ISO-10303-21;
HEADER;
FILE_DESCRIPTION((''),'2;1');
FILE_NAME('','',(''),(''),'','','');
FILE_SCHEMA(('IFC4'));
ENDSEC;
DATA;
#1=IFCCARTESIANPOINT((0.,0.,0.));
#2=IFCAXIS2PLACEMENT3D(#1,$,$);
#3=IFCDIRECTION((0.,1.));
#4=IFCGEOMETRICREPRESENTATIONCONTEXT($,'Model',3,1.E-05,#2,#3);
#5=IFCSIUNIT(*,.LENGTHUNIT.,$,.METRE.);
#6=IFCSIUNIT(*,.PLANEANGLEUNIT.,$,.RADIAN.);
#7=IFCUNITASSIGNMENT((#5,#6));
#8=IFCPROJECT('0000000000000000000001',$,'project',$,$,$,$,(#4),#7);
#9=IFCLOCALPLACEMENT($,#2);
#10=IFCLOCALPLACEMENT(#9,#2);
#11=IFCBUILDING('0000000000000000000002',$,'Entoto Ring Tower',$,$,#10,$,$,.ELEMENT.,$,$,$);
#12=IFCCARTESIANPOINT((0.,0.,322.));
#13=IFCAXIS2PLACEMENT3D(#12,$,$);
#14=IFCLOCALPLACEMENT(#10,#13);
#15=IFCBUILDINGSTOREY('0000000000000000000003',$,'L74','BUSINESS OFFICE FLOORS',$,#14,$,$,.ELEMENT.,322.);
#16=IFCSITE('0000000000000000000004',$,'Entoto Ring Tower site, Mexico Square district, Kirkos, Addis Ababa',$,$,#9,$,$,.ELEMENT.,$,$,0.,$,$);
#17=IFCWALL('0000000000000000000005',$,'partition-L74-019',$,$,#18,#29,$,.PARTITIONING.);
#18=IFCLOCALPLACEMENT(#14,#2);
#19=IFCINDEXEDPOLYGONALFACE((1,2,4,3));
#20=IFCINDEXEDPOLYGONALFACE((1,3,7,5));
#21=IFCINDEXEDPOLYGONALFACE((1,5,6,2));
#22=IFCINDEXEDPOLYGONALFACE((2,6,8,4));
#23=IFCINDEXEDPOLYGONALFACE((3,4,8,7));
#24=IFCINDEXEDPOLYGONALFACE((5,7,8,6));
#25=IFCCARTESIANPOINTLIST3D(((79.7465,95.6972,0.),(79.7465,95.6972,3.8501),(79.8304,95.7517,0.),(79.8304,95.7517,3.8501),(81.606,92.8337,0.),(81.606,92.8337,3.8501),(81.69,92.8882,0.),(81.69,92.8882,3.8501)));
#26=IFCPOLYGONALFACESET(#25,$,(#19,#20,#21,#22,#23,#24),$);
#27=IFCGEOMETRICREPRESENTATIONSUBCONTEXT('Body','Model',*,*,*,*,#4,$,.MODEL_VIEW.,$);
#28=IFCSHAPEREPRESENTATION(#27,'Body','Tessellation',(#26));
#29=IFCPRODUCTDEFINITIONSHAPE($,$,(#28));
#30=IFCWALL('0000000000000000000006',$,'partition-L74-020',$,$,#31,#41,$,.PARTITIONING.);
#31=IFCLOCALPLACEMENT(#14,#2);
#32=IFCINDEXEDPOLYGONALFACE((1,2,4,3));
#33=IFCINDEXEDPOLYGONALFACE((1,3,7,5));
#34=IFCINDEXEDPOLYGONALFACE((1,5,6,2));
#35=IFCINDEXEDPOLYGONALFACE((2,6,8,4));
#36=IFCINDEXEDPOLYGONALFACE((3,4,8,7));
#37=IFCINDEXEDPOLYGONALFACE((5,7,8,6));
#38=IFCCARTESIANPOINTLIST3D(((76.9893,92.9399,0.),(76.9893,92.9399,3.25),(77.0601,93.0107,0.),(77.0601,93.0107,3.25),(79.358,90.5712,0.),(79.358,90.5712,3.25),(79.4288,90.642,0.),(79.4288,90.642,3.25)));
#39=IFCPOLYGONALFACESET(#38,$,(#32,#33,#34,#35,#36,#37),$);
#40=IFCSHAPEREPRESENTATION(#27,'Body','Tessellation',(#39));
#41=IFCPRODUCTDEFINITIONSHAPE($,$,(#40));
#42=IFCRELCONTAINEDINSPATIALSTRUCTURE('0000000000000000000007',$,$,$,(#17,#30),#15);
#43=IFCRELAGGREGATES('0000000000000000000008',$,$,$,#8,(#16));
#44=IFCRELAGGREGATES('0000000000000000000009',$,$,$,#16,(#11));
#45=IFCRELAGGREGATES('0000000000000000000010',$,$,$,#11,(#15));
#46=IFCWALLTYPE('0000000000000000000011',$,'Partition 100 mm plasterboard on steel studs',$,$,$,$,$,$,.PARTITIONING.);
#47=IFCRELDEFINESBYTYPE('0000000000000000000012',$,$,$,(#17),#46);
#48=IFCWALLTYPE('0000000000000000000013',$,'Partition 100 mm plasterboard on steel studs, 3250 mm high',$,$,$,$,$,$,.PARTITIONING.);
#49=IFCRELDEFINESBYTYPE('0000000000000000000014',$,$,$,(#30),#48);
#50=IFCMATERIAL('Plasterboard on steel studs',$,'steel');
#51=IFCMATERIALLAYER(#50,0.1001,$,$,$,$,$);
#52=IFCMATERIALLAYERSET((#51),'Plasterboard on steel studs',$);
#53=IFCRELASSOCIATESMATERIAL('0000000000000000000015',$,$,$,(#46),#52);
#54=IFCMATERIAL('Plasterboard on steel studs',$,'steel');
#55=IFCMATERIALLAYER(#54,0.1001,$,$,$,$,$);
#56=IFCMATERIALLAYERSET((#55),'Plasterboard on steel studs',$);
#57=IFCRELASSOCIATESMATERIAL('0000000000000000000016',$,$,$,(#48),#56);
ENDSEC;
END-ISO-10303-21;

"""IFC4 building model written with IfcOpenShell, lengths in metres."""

from ifc_helpers import new_model, si_unit, direction, frame, frame_2d, origin, place, context, subcontext, project, spatial, rectangle, extrude, material, layer, layer_set, type_object, element, save


model = new_model("IFC4")

# Units and contexts
model_context = context("Model", 3, precision=1e-05, world=origin(), true_north=direction((0.0, 1.0)))
body_context = subcontext(model_context, "Body", "Model", "MODEL_VIEW")
ifc_project = project(units=[si_unit("LENGTHUNIT", "METRE"), si_unit("PLANEANGLEUNIT", "RADIAN")], contexts=[model_context])

# Site, building, storey
site_placement = place(None, origin())
site = spatial("IfcSite", under=ifc_project, at=site_placement, Name="Entoto Ring Tower site, Mexico Square district, Kirkos, Addis Ababa", CompositionType="ELEMENT", RefElevation=0.0)
building_placement = place(site_placement, origin())
building = spatial("IfcBuilding", under=site, at=building_placement, Name="Entoto Ring Tower", CompositionType="ELEMENT")
storey_placement = place(building_placement, frame((0.0, 0.0, 322.0)))
storey = spatial("IfcBuildingStorey", under=building, at=storey_placement, Name="L74", Description="BUSINESS OFFICE FLOORS", CompositionType="ELEMENT", Elevation=322.0)

# Shared definitions
ifc_material_1 = material(Name="Plasterboard on steel studs", Category="steel")
ifc_layer_1 = layer(ifc_material_1, 0.1001)
ifc_layer_set_1 = layer_set([ifc_layer_1], Name="Plasterboard on steel studs")
wall_type_1 = type_object("IfcWallType", Name="Partition 100 mm plasterboard on steel studs", PredefinedType="PARTITIONING", material=ifc_layer_set_1)

# Walls
wall_1_placement = place(storey_placement, frame((81.6479, 92.8611, 0.0), z_axis=(0.0, 0.0, 1.0), x_axis=(-0.544644, 0.838667, 0.0)))
element("IfcWall", 1, at=wall_1_placement, inside=storey, type_object=wall_type_1, Name="partition-L74-019", PredefinedType="PARTITIONING", context=body_context, shape_type="SweptSolid", body=[
    extrude(rectangle(XDim=3.4143, YDim=0.1001, at=frame_2d((1.707, 0.0))), origin(), (0.0, 0.0, 1.0), 3.8501),
])
ifc_material_2 = material(Name="Plasterboard on steel studs", Category="steel")
ifc_layer_2 = layer(ifc_material_2, 0.1001)
ifc_layer_set_2 = layer_set([ifc_layer_2], Name="Plasterboard on steel studs")
wall_type_2 = type_object("IfcWallType", Name="Partition 100 mm plasterboard on steel studs, 3250 mm high", PredefinedType="PARTITIONING", material=ifc_layer_set_2)
wall_2_placement = place(storey_placement, frame((79.3933, 90.6067, 0.0), z_axis=(0.0, 0.0, 1.0), x_axis=(-0.707107, 0.707107, 0.0)))
element("IfcWall", 2, at=wall_2_placement, inside=storey, type_object=wall_type_2, Name="partition-L74-020", PredefinedType="PARTITIONING", context=body_context, shape_type="SweptSolid", body=[
    extrude(rectangle(XDim=3.3499, YDim=0.1001, at=frame_2d((1.6748, 0.0))), origin(), (0.0, 0.0, 1.0), 3.25),
])

save(model, "model.ifc")
